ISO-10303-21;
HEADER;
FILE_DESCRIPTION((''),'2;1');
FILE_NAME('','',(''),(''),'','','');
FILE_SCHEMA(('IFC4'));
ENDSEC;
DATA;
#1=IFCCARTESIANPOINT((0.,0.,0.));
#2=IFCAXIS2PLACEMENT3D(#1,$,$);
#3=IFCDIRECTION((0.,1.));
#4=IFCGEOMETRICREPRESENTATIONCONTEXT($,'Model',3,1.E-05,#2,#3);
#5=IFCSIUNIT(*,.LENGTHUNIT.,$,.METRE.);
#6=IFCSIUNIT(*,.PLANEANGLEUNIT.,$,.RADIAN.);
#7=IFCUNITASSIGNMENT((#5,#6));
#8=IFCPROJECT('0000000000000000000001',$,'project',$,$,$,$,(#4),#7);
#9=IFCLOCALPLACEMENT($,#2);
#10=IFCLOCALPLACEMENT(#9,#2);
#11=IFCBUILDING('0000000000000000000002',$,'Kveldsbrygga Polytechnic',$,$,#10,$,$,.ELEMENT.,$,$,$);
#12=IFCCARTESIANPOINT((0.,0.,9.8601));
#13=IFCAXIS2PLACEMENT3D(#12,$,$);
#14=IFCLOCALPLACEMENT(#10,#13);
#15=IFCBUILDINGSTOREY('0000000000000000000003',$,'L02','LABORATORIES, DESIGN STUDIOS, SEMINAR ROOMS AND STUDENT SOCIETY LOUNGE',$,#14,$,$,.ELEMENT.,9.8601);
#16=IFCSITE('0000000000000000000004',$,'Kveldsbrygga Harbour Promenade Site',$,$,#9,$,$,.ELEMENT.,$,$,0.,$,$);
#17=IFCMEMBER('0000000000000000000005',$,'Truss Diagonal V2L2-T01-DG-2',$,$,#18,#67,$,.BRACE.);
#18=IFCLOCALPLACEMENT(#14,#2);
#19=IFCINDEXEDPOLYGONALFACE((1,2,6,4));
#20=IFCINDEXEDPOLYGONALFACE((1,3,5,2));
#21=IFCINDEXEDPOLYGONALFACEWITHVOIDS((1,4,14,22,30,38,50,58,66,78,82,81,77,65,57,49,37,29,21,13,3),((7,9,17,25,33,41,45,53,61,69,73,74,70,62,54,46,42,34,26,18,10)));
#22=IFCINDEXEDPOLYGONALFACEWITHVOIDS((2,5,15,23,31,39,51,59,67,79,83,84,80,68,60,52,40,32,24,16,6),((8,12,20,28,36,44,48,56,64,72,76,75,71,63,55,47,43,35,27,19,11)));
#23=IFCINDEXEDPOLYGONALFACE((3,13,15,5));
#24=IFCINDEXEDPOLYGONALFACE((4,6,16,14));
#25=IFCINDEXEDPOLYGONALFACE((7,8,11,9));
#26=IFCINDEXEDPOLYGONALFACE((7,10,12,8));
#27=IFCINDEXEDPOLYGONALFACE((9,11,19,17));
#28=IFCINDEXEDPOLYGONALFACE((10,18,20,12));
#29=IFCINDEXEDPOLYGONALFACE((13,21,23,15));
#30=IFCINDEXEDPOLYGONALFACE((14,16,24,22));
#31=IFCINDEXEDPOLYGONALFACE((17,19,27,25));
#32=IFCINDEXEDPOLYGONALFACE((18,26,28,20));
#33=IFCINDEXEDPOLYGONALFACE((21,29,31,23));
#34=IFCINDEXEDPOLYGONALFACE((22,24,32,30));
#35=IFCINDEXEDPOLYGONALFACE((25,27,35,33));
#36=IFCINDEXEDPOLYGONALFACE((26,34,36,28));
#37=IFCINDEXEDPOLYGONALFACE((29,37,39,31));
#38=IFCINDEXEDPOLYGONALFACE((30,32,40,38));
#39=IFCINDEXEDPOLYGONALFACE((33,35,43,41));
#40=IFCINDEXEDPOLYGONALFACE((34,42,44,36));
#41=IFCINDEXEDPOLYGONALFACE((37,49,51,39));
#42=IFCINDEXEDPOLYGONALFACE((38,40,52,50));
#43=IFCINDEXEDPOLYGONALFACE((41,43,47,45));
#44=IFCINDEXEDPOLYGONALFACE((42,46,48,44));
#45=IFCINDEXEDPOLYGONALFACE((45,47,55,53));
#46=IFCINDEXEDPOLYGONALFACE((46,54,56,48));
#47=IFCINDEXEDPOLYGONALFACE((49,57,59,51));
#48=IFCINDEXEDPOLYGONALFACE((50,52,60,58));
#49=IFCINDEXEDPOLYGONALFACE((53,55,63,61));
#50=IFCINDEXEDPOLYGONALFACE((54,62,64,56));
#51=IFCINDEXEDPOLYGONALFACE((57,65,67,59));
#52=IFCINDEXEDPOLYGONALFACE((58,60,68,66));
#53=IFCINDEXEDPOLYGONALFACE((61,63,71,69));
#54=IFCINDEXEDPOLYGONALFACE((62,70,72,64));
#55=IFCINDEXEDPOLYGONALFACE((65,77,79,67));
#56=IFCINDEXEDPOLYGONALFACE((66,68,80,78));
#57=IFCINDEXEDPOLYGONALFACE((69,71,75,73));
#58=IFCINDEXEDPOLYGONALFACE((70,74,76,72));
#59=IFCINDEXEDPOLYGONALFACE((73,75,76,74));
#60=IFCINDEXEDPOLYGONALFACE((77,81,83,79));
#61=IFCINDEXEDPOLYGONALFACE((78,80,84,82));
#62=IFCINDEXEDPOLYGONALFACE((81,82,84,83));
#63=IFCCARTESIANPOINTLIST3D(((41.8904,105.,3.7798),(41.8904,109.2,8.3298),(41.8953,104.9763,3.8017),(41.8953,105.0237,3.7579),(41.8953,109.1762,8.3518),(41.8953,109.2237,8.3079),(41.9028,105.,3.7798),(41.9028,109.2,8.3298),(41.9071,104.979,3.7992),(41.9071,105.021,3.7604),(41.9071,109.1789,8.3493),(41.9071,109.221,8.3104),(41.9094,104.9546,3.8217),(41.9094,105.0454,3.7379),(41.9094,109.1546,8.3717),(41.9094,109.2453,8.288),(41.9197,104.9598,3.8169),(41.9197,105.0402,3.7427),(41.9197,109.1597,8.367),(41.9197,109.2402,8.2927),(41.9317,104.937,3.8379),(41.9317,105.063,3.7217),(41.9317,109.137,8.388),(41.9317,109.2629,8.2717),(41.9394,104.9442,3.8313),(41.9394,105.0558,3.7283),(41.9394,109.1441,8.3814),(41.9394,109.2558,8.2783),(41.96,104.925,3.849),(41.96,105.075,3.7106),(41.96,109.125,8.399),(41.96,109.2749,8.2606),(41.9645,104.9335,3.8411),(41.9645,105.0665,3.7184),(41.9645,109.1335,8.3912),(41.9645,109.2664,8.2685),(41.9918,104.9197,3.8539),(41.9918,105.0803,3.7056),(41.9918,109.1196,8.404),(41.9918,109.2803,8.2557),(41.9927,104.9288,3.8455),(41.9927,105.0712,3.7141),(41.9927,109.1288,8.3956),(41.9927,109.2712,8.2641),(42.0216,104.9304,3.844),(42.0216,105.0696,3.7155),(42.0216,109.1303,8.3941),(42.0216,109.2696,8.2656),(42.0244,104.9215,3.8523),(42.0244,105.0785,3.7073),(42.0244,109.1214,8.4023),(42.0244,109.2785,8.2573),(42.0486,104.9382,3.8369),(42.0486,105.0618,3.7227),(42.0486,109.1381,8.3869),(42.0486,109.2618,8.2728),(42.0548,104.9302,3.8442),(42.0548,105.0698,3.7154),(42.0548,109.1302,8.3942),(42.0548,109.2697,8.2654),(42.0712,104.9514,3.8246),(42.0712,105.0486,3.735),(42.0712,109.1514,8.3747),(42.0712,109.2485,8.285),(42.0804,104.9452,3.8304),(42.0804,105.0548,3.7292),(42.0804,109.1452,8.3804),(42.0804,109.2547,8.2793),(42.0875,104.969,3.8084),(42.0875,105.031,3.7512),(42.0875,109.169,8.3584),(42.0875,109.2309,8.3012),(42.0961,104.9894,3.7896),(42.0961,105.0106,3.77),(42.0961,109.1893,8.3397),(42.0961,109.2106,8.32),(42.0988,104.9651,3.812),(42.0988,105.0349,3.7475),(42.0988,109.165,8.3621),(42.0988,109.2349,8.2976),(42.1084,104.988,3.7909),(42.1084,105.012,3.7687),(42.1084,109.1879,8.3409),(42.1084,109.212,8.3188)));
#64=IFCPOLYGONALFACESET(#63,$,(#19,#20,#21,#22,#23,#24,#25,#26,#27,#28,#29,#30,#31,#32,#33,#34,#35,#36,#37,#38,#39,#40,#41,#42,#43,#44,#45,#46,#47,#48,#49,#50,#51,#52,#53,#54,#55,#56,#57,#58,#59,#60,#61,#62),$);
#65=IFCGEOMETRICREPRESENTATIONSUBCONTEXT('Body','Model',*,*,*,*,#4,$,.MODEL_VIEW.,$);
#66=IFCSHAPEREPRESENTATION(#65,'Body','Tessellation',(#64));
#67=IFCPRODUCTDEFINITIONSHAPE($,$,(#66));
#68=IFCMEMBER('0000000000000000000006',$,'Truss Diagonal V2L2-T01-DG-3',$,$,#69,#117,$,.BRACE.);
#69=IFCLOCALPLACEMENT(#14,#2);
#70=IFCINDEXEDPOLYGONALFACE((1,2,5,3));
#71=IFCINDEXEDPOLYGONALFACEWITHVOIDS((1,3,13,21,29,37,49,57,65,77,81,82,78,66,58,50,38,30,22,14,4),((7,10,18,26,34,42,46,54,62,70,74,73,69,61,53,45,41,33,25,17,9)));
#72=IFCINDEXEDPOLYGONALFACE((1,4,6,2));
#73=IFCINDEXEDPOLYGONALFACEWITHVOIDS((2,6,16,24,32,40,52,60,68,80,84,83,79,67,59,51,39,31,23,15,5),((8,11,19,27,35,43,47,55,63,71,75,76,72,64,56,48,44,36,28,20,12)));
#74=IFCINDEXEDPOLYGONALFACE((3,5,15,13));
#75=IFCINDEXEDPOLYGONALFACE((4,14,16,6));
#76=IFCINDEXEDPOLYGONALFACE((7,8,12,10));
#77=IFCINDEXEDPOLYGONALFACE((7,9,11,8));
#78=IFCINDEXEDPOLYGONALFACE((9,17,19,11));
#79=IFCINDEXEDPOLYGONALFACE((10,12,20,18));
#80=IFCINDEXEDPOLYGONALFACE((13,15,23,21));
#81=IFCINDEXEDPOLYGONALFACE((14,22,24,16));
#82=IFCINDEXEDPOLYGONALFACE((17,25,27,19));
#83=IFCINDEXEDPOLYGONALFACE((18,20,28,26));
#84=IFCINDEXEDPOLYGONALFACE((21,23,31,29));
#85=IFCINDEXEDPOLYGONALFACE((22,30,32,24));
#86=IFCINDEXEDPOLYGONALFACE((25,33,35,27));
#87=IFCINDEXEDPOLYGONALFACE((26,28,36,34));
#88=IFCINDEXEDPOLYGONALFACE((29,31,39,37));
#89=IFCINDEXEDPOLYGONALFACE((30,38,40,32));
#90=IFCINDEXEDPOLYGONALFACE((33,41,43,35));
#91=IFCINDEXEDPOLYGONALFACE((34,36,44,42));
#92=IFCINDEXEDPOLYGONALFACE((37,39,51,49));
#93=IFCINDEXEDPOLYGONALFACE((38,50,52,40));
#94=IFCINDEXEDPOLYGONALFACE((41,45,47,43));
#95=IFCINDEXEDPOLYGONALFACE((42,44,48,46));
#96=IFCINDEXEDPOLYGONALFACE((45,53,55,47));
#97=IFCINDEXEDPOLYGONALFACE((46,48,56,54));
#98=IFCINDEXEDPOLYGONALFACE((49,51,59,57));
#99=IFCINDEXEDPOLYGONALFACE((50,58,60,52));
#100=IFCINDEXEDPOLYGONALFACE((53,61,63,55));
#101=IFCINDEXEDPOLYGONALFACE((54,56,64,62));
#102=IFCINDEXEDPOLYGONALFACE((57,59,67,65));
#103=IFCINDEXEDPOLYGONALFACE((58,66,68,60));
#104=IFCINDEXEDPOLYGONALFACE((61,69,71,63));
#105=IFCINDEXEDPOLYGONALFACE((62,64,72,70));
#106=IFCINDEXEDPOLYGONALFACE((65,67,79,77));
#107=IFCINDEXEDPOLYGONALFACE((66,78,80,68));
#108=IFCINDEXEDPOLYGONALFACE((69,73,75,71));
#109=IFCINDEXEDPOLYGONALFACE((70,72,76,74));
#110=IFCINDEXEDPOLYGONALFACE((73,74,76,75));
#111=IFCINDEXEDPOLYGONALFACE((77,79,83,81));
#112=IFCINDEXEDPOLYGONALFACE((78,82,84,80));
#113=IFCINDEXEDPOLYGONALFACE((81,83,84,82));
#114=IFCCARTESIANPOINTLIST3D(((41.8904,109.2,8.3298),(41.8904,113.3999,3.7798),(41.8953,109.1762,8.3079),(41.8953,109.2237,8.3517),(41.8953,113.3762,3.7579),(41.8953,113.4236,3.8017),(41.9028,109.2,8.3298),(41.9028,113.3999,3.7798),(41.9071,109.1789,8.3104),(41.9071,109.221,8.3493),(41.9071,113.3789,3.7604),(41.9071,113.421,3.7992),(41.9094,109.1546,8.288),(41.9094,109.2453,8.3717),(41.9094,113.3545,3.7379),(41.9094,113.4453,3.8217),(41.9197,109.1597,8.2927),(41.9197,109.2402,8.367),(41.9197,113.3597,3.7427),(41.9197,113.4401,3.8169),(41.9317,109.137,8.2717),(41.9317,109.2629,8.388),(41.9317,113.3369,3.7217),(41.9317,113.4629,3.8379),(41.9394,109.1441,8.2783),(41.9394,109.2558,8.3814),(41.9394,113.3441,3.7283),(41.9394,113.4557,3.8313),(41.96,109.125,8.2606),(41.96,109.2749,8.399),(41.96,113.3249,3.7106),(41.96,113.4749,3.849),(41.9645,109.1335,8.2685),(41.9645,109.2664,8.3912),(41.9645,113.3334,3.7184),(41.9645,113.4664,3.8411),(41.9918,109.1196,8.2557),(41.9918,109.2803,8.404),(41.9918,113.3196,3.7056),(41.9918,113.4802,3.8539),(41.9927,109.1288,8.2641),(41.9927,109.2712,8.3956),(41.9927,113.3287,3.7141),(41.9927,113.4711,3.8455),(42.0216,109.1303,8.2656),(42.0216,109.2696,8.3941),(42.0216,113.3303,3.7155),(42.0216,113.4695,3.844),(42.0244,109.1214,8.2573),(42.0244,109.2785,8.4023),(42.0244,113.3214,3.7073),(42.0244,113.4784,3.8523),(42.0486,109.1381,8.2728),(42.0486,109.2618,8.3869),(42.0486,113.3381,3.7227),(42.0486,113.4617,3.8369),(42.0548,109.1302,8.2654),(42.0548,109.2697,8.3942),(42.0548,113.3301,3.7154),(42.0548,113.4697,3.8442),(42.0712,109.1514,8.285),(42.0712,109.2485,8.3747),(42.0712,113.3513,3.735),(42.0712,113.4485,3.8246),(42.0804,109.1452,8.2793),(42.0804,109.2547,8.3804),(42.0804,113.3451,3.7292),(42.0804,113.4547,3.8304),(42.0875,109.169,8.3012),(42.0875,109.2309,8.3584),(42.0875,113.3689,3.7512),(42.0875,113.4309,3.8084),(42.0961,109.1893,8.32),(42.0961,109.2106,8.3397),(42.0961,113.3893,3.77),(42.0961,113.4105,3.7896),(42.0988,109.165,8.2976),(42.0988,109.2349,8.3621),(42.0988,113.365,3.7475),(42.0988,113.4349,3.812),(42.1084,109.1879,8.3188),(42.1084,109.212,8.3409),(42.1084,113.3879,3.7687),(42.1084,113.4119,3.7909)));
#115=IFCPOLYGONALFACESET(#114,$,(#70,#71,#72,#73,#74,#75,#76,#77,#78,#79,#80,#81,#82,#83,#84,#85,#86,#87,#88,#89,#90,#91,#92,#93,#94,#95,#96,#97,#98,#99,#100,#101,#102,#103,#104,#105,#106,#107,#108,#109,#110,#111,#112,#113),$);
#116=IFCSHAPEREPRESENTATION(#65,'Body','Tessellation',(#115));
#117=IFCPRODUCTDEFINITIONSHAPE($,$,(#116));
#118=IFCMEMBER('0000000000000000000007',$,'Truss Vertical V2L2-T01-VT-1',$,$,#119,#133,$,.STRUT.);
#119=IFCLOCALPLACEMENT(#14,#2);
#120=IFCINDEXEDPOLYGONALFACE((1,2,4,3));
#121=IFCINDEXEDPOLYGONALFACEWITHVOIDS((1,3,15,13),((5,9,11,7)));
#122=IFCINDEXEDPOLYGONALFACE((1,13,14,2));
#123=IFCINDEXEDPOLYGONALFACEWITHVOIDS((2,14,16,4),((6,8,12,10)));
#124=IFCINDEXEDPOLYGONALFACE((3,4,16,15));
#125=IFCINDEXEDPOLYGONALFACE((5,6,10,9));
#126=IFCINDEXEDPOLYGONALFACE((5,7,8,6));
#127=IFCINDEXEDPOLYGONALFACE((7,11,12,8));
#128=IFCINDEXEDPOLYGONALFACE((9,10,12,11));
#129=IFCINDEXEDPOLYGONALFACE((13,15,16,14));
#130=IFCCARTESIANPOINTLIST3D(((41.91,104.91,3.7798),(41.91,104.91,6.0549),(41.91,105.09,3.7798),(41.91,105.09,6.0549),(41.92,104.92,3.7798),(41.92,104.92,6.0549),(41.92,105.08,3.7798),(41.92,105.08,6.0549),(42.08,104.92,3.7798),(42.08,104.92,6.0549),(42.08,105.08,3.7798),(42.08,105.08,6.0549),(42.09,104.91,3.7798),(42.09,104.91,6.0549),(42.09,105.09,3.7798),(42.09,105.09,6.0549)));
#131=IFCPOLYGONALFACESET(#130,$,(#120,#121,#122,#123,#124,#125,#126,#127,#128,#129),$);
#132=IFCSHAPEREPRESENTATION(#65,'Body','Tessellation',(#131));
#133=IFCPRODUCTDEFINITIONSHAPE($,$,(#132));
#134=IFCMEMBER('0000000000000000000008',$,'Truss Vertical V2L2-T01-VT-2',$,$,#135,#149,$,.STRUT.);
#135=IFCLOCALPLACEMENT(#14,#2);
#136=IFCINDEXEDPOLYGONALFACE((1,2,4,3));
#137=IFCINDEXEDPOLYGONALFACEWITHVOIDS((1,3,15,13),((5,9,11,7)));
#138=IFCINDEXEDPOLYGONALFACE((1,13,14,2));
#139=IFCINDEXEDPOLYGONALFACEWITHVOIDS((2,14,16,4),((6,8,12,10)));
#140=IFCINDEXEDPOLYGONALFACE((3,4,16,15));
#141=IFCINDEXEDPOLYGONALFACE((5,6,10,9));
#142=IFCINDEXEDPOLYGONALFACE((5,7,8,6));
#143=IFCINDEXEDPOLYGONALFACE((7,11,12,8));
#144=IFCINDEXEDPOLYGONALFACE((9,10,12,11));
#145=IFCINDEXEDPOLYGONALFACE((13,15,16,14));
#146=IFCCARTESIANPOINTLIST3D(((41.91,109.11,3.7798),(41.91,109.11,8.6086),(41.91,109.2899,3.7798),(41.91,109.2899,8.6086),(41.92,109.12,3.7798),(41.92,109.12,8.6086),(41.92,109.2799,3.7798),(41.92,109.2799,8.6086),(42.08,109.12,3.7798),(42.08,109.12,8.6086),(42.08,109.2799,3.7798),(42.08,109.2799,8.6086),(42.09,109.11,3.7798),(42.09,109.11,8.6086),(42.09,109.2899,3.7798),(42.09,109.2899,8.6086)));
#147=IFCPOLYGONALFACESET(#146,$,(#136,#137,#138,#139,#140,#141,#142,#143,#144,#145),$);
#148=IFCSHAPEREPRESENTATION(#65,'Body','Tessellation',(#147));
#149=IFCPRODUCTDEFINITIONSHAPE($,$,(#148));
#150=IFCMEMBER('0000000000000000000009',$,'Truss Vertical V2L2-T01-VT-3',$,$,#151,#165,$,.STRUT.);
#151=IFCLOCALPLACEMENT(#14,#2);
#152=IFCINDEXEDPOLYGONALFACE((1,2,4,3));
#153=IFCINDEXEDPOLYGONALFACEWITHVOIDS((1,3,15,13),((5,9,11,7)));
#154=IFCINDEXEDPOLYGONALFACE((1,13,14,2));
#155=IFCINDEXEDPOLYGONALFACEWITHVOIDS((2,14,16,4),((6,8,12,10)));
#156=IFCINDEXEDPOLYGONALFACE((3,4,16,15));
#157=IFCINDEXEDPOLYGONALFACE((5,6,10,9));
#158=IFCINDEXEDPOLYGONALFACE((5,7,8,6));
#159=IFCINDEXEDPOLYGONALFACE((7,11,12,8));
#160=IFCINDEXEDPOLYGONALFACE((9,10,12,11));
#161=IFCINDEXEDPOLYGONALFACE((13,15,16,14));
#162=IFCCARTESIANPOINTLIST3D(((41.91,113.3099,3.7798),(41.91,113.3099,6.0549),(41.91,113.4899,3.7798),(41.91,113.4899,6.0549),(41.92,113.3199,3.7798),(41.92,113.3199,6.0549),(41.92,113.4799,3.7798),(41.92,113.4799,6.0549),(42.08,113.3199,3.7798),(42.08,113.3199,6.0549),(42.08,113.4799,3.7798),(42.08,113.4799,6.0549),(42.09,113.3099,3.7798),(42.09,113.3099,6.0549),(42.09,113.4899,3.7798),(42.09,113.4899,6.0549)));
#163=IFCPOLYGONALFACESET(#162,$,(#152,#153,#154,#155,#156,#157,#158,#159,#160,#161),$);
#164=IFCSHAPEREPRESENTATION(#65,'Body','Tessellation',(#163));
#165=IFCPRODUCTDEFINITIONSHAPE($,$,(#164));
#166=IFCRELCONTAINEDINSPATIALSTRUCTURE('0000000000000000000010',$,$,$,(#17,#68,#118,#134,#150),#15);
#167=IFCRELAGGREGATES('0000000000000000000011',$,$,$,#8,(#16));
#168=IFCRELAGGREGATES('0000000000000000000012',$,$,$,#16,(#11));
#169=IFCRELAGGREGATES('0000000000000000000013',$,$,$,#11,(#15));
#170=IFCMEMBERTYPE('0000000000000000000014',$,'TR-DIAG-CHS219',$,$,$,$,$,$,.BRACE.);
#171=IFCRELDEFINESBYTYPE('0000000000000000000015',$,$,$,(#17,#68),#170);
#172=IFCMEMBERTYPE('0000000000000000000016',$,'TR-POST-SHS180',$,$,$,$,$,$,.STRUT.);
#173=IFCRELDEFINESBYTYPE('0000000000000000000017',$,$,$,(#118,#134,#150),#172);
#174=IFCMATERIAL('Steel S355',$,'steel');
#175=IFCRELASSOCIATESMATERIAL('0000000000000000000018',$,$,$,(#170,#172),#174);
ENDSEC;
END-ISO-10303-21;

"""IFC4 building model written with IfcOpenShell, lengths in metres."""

from ifc_helpers import new_model, si_unit, direction, frame, origin, origin_2d, place, context, subcontext, project, spatial, hollow_rectangle, hollow_circle, extrude, material, material_profile, profile_set, type_object, element, save


model = new_model("IFC4")

# Units and contexts
model_context = context("Model", 3, precision=1e-05, world=origin(), true_north=direction((0.0, 1.0)))
body_context = subcontext(model_context, "Body", "Model", "MODEL_VIEW")
ifc_project = project(units=[si_unit("LENGTHUNIT", "METRE"), si_unit("PLANEANGLEUNIT", "RADIAN")], contexts=[model_context])

# Site, building, storey
site_placement = place(None, origin())
site = spatial("IfcSite", under=ifc_project, at=site_placement, Name="Kveldsbrygga Harbour Promenade Site", CompositionType="ELEMENT", RefElevation=0.0)
building_placement = place(site_placement, origin())
building = spatial("IfcBuilding", under=site, at=building_placement, Name="Kveldsbrygga Polytechnic", CompositionType="ELEMENT")
storey_placement = place(building_placement, frame((0.0, 0.0, 9.8601)))
storey = spatial("IfcBuildingStorey", under=building, at=storey_placement, Name="L02", Description="LABORATORIES, DESIGN STUDIOS, SEMINAR ROOMS AND STUDENT SOCIETY LOUNGE", CompositionType="ELEMENT", Elevation=9.8601)

# Members
ifc_material_1 = material(Name="Steel S355", Category="steel")
ifc_material_profile_1 = material_profile(ifc_material_1, hollow_circle(Radius=0.1096, WallThickness=0.0125, at=origin_2d()), Name="CHS 219.1x12.5")
ifc_profile_set_1 = profile_set([ifc_material_profile_1], Name="Steel S355")
member_type_1 = type_object("IfcMemberType", Name="TR-DIAG-CHS219", PredefinedType="BRACE", material=ifc_profile_set_1)
for number, where, z_axis, x_axis, name in (
    (1, (42.0, 105.0, 3.7798), (0.0, 0.678272, 0.734811), (-1.0, 0.0, 0.0), "Truss Diagonal V2L2-T01-DG-2"),
    (2, (42.0, 109.2, 8.3298), (0.0, 0.678272, -0.734811), (-1.0, 0.0, 0.0), "Truss Diagonal V2L2-T01-DG-3"),
):
    element("IfcMember", number, at=place(storey_placement, frame(where, z_axis=z_axis, x_axis=x_axis)), inside=storey, type_object=member_type_1, Name=name, PredefinedType="BRACE", context=body_context, shape_type="SweptSolid", body=[
        extrude(hollow_circle(Radius=0.1096, WallThickness=0.0125, at=origin_2d()), origin(), (0.0, 0.0, 1.0), 6.1921),
    ])
ifc_material_profile_2 = material_profile(ifc_material_1, hollow_rectangle(XDim=0.1799, YDim=0.1799, WallThickness=0.01, at=origin_2d()), Name="SHS 180x180x10.0")
ifc_profile_set_2 = profile_set([ifc_material_profile_2], Name="Steel S355")
member_type_2 = type_object("IfcMemberType", Name="TR-POST-SHS180", PredefinedType="STRUT", material=ifc_profile_set_2)
member_1_placement = place(storey_placement, frame((42.0, 105.0, 3.7798), z_axis=(0.0, 0.0, 1.0), x_axis=(1.0, 0.0, 0.0)))
element("IfcMember", 3, at=member_1_placement, inside=storey, type_object=member_type_2, Name="Truss Vertical V2L2-T01-VT-1", PredefinedType="STRUT", context=body_context, shape_type="SweptSolid", body=[
    extrude(hollow_rectangle(XDim=0.1799, YDim=0.1799, WallThickness=0.01, at=origin_2d()), origin(), (0.0, 0.0, 1.0), 2.2751),
])
member_2_placement = place(storey_placement, frame((42.0, 109.2, 3.7798), z_axis=(0.0, 0.0, 1.0), x_axis=(1.0, 0.0, 0.0)))
element("IfcMember", 4, at=member_2_placement, inside=storey, type_object=member_type_2, Name="Truss Vertical V2L2-T01-VT-2", PredefinedType="STRUT", context=body_context, shape_type="SweptSolid", body=[
    extrude(hollow_rectangle(XDim=0.1799, YDim=0.1799, WallThickness=0.01, at=origin_2d()), origin(), (0.0, 0.0, 1.0), 4.8289),
])
member_3_placement = place(storey_placement, frame((42.0, 113.3999, 3.7798), z_axis=(0.0, 0.0, 1.0), x_axis=(1.0, 0.0, 0.0)))
element("IfcMember", 5, at=member_3_placement, inside=storey, type_object=member_type_2, Name="Truss Vertical V2L2-T01-VT-3", PredefinedType="STRUT", context=body_context, shape_type="SweptSolid", body=[
    extrude(hollow_rectangle(XDim=0.1799, YDim=0.1799, WallThickness=0.01, at=origin_2d()), origin(), (0.0, 0.0, 1.0), 2.2751),
])

save(model, "model.ifc")
